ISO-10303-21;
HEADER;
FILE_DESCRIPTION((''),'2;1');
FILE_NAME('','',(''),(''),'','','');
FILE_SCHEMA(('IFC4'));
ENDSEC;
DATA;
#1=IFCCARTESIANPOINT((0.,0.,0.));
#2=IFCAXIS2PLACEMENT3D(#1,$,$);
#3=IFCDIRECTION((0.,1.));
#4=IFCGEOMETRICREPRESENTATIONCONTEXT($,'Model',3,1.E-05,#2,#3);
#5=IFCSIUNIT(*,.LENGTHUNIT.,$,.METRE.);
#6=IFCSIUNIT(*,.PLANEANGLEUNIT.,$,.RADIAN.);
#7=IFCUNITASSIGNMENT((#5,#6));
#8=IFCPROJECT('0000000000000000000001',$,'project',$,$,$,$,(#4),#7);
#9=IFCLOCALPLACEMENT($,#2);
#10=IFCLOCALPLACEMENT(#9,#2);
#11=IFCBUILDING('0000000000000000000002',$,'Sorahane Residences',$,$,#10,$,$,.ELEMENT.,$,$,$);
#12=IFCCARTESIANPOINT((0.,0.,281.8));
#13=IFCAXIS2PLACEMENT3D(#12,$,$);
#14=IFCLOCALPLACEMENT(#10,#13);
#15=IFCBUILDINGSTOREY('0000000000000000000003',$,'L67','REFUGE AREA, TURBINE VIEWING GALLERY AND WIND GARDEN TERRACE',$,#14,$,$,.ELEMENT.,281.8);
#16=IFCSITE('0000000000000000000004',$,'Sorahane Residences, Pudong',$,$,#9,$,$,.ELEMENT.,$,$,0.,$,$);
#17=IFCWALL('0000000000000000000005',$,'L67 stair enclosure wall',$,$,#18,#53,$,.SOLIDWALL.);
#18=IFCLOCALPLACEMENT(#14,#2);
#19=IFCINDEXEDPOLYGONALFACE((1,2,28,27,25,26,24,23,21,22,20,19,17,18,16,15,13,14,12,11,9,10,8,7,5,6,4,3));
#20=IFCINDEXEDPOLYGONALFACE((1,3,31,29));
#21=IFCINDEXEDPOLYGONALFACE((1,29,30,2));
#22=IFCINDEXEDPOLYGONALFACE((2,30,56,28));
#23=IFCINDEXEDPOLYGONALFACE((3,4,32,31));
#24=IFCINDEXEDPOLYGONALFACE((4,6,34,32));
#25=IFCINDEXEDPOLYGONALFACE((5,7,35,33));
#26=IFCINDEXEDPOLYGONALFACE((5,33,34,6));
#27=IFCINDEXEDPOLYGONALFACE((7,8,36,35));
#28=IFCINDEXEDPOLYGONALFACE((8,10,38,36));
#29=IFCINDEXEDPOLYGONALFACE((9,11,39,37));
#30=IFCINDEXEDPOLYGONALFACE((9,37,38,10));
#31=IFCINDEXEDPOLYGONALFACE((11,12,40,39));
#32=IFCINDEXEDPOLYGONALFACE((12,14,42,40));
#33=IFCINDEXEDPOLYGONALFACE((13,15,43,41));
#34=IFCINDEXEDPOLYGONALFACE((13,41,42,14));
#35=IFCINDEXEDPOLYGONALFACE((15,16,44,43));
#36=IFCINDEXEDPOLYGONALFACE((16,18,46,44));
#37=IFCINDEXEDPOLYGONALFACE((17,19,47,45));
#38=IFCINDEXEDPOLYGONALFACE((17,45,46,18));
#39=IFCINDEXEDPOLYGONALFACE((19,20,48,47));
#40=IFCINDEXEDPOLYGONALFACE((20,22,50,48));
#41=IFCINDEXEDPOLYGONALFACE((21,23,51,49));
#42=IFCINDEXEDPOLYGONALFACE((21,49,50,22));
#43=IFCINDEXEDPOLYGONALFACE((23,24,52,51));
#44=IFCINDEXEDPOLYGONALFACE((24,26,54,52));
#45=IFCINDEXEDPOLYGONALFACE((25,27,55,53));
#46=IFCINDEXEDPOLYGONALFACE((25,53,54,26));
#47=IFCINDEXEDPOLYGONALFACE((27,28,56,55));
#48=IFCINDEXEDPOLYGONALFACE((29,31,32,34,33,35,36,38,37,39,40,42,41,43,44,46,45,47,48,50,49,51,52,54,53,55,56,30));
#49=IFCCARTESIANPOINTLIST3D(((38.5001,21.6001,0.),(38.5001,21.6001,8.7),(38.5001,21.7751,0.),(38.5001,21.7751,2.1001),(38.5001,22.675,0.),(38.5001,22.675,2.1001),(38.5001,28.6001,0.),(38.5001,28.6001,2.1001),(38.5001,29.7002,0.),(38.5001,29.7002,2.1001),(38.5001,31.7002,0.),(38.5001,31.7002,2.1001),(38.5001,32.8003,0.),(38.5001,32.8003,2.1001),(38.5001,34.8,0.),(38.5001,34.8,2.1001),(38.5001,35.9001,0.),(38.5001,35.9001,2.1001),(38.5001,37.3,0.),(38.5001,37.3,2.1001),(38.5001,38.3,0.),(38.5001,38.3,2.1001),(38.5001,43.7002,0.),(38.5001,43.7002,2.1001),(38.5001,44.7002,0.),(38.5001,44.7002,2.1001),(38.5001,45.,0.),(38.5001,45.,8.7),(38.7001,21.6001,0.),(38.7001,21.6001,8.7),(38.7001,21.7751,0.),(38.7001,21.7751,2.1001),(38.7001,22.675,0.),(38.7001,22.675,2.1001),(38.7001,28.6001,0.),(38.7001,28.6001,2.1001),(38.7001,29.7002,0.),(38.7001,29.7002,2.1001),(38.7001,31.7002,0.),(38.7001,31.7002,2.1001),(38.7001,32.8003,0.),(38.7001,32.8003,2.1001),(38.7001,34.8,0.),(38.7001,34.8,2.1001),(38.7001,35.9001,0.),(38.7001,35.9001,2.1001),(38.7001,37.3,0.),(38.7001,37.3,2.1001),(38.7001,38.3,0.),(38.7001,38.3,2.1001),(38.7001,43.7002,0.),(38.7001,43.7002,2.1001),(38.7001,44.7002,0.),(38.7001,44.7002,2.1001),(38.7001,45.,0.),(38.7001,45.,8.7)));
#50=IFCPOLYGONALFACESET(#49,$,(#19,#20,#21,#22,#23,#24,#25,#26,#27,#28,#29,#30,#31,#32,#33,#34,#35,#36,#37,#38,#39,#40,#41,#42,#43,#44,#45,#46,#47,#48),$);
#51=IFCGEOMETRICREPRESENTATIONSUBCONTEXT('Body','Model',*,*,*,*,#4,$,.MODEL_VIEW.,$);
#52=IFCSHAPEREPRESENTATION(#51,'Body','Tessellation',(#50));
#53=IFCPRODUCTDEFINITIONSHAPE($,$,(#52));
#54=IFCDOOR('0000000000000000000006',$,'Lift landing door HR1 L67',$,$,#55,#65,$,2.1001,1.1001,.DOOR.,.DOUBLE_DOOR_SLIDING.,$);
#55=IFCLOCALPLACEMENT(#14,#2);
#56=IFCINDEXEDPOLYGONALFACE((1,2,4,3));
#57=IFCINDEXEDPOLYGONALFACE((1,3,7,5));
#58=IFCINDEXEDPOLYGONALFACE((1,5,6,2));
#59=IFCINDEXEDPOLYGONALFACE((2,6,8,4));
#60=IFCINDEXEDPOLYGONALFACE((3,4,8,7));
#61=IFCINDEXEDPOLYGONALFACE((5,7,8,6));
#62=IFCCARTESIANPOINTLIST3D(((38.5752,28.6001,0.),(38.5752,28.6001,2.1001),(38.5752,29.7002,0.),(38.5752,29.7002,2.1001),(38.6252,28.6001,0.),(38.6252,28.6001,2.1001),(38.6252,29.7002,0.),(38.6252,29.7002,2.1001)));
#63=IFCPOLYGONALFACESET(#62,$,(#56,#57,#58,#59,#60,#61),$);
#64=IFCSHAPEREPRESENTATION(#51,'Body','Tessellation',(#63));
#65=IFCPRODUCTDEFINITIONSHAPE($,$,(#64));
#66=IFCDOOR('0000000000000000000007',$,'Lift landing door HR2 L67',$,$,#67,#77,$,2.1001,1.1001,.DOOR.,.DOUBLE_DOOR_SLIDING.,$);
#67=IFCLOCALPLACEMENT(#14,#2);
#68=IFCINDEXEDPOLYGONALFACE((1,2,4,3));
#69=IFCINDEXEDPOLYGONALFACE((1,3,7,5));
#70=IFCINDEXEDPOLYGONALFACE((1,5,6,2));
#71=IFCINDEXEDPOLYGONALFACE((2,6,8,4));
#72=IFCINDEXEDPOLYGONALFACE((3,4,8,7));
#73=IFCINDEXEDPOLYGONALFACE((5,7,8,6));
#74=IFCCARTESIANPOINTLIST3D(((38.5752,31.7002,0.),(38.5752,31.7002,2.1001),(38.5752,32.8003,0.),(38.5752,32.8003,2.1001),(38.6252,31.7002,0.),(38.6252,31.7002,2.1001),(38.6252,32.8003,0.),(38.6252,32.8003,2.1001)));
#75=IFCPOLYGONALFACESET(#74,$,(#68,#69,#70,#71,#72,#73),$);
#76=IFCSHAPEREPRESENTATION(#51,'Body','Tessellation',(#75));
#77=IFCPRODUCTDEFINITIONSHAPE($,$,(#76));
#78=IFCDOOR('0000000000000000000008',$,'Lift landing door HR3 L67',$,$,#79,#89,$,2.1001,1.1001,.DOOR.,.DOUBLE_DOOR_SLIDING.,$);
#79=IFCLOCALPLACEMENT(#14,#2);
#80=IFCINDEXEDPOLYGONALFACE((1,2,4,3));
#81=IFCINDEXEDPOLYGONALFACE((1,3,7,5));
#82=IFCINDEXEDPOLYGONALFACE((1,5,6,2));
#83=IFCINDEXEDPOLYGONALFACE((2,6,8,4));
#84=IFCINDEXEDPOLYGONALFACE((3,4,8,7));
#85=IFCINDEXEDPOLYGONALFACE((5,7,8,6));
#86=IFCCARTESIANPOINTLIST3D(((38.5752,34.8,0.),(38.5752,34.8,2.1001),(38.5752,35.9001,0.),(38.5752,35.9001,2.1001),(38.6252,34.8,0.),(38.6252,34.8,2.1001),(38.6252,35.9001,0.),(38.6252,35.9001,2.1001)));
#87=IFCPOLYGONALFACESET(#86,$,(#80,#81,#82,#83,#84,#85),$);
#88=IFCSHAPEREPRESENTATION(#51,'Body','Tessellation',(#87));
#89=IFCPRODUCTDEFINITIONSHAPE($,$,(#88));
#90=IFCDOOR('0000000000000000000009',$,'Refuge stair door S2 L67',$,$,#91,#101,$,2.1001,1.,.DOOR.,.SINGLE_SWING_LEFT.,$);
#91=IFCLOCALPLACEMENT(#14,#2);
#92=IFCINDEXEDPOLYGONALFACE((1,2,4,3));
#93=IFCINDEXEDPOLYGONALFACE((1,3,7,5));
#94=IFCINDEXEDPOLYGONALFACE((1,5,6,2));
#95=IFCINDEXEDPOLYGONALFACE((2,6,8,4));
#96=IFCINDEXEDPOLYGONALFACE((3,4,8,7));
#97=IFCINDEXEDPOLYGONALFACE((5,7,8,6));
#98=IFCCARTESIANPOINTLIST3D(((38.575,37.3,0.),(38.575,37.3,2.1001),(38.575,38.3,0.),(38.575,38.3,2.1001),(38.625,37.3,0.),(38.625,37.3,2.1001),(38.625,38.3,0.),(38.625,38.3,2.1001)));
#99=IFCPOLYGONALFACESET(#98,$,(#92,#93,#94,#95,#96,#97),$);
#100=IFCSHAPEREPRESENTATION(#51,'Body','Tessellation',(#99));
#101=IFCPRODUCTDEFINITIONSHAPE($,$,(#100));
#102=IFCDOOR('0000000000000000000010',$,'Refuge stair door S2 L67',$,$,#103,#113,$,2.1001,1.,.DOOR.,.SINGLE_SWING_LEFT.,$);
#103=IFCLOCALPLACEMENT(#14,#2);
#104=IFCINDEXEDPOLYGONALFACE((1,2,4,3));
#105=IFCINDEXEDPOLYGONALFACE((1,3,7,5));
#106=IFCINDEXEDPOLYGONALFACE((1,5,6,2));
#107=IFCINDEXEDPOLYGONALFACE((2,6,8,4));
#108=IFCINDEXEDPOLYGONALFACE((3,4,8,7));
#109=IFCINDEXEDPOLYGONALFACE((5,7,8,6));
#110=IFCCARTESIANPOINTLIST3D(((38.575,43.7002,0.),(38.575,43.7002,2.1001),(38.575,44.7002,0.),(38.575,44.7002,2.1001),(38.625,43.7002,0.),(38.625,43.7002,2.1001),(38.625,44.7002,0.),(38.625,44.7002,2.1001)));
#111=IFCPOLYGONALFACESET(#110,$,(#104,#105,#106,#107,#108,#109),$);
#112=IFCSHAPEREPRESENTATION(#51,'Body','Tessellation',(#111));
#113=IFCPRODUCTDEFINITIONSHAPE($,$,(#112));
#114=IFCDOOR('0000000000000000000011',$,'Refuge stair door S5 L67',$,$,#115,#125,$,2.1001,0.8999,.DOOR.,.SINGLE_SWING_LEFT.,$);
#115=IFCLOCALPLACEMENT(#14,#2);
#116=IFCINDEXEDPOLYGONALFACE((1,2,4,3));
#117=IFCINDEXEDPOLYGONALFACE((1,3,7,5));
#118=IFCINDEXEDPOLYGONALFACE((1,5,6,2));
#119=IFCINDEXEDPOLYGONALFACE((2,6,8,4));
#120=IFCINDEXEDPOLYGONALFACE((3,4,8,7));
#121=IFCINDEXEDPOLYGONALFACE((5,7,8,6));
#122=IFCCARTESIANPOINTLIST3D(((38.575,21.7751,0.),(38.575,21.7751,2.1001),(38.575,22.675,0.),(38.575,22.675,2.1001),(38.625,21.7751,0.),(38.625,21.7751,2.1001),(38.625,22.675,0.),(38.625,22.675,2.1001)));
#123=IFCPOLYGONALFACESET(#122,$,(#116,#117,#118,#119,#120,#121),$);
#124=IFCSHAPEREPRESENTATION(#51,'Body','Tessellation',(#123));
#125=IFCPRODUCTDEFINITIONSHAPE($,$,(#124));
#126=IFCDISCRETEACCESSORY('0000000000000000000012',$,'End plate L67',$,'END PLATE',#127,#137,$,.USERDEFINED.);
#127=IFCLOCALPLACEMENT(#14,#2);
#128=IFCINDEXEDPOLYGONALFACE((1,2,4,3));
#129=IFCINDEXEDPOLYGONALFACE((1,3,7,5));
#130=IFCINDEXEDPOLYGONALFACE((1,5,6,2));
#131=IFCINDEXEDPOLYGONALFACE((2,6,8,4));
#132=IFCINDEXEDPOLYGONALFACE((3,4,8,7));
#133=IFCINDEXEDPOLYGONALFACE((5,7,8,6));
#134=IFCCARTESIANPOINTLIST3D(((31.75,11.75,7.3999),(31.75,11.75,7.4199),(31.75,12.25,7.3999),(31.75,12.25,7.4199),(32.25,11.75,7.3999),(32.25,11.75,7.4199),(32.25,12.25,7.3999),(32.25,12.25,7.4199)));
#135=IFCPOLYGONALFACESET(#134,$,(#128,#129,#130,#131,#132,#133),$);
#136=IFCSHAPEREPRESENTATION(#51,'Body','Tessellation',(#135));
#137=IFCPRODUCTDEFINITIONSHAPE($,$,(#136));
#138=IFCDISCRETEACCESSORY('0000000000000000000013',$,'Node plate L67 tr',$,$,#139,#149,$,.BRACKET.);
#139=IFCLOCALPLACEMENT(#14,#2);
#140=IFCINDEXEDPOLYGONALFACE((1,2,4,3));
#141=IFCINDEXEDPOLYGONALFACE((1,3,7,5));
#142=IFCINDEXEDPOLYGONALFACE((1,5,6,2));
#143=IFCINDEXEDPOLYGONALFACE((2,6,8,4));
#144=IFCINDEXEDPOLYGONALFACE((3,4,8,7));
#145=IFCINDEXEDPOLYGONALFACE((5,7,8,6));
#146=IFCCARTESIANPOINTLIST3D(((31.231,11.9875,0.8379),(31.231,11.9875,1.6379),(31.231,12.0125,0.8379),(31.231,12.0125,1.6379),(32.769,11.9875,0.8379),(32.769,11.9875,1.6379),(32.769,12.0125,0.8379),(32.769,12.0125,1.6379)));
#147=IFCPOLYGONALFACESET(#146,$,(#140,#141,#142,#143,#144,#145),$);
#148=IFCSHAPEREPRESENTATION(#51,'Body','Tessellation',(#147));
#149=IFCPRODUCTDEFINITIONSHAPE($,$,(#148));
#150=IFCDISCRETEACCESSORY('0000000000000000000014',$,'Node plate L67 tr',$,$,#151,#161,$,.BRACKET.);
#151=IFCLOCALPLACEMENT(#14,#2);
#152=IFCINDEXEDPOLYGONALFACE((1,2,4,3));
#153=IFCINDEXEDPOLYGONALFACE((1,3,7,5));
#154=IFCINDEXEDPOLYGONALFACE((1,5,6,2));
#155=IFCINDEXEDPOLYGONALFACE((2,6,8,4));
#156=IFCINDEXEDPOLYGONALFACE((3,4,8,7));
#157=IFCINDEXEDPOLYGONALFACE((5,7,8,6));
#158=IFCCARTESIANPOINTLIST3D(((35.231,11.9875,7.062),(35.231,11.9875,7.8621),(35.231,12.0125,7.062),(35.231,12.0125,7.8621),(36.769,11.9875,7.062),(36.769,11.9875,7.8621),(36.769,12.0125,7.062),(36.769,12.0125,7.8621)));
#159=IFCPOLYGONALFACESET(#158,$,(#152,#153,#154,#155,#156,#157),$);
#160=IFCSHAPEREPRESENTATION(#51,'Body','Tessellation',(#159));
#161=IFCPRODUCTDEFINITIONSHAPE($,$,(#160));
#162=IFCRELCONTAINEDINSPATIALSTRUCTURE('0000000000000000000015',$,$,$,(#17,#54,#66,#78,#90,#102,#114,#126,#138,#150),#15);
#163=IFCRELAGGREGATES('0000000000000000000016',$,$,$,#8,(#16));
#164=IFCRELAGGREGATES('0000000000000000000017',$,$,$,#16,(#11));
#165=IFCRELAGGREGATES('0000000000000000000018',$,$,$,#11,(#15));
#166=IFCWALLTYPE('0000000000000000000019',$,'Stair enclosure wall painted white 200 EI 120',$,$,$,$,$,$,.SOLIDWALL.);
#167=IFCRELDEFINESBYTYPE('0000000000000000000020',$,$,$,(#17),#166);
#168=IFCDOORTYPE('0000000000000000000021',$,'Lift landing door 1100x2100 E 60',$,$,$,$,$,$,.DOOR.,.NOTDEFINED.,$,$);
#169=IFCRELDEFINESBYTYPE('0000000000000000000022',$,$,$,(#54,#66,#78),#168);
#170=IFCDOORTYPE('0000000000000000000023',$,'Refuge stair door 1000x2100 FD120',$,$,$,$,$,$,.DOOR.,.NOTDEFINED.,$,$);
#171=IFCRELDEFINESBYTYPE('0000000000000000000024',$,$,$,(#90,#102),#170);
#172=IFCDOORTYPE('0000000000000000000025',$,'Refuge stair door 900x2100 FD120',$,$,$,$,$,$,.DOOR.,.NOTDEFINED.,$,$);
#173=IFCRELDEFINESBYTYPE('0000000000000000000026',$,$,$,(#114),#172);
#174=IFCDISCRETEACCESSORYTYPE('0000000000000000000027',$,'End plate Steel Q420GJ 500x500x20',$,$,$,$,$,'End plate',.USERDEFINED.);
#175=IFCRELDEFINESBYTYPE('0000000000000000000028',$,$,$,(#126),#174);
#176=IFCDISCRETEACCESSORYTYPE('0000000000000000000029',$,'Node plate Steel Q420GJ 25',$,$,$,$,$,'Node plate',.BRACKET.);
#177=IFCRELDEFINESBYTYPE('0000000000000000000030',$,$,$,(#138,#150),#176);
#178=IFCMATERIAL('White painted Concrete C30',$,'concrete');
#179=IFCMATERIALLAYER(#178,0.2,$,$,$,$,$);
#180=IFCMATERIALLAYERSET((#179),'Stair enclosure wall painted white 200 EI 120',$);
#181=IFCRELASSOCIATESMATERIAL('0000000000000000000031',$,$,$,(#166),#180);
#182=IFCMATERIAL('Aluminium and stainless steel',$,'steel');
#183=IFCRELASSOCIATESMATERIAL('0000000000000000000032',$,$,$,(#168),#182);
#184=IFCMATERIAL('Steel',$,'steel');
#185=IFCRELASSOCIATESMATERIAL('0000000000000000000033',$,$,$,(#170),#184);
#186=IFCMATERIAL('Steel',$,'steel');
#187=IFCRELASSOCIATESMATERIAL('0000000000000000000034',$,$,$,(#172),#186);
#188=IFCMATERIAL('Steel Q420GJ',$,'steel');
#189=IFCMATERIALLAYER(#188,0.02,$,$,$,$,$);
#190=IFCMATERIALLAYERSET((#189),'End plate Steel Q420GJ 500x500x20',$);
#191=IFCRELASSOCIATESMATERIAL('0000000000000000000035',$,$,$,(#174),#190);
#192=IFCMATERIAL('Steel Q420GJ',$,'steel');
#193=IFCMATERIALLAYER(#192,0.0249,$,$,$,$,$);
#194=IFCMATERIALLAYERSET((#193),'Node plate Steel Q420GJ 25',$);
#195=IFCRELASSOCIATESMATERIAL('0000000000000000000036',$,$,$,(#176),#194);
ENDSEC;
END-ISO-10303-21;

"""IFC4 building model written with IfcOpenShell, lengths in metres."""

from ifc_helpers import new_model, si_unit, direction, frame, frame_2d, origin, origin_2d, place, context, subcontext, project, spatial, rectangle, extrude, material, layer, layer_set, type_object, element, fill, save


model = new_model("IFC4")

# Units and contexts
model_context = context("Model", 3, precision=1e-05, world=origin(), true_north=direction((0.0, 1.0)))
body_context = subcontext(model_context, "Body", "Model", "MODEL_VIEW")
ifc_project = project(units=[si_unit("LENGTHUNIT", "METRE"), si_unit("PLANEANGLEUNIT", "RADIAN")], contexts=[model_context])

# Site, building, storey
site_placement = place(None, origin())
site = spatial("IfcSite", under=ifc_project, at=site_placement, Name="Sorahane Residences, Pudong", CompositionType="ELEMENT", RefElevation=0.0)
building_placement = place(site_placement, origin())
building = spatial("IfcBuilding", under=site, at=building_placement, Name="Sorahane Residences", CompositionType="ELEMENT")
storey_placement = place(building_placement, frame((0.0, 0.0, 281.8)))
storey = spatial("IfcBuildingStorey", under=building, at=storey_placement, Name="L67", Description="REFUGE AREA, TURBINE VIEWING GALLERY AND WIND GARDEN TERRACE", CompositionType="ELEMENT", Elevation=281.8)

# Wall, openings, doors
ifc_material_1 = material(Name="White painted Concrete C30", Category="concrete")
ifc_layer_1 = layer(ifc_material_1, 0.2)
ifc_layer_set_1 = layer_set([ifc_layer_1], Name="Stair enclosure wall painted white 200 EI 120")
wall_type_1 = type_object("IfcWallType", Name="Stair enclosure wall painted white 200 EI 120", PredefinedType="SOLIDWALL", material=ifc_layer_set_1)
wall_1_placement = place(storey_placement, frame((38.6001, 21.6001, 0.0), z_axis=(0.0, 0.0, 1.0), x_axis=(0.0, 1.0, 0.0)))
wall_1 = element("IfcWall", 1, at=wall_1_placement, inside=storey, type_object=wall_type_1, Name="L67 stair enclosure wall", PredefinedType="SOLIDWALL", context=body_context, shape_type="SweptSolid", body=[
    extrude(rectangle(XDim=23.3999, YDim=0.2, at=frame_2d((11.7, 0.0))), origin(), (0.0, 0.0, 1.0), 8.7),
])
opening_1_placement = place(wall_1_placement, frame((7.0, 0.0, 0.0)))
opening_1 = element("IfcOpeningElement", 2, at=opening_1_placement, cuts=wall_1, PredefinedType="OPENING", context=body_context, shape_type="SweptSolid", body=[
    extrude(rectangle(XDim=1.1001, YDim=2.1001, at=frame_2d((0.55, 1.05))), frame((0.0, 0.1099, 0.0), z_axis=(0.0, -1.0, 0.0), x_axis=(1.0, 0.0, 0.0)), (0.0, 0.0, 1.0), 0.22),
])
opening_2_placement = place(wall_1_placement, frame((10.1001, 0.0, 0.0)))
opening_2 = element("IfcOpeningElement", 3, at=opening_2_placement, cuts=wall_1, PredefinedType="OPENING", context=body_context, shape_type="SweptSolid", body=[
    extrude(rectangle(XDim=1.1001, YDim=2.1001, at=frame_2d((0.55, 1.05))), frame((0.0, 0.1099, 0.0), z_axis=(0.0, -1.0, 0.0), x_axis=(1.0, 0.0, 0.0)), (0.0, 0.0, 1.0), 0.22),
])
opening_3_placement = place(wall_1_placement, frame((13.2, 0.0, 0.0)))
opening_3 = element("IfcOpeningElement", 4, at=opening_3_placement, cuts=wall_1, PredefinedType="OPENING", context=body_context, shape_type="SweptSolid", body=[
    extrude(rectangle(XDim=1.1001, YDim=2.1001, at=frame_2d((0.55, 1.05))), frame((0.0, 0.1099, 0.0), z_axis=(0.0, -1.0, 0.0), x_axis=(1.0, 0.0, 0.0)), (0.0, 0.0, 1.0), 0.22),
])
opening_4_placement = place(wall_1_placement, frame((15.7, 0.0, 0.0)))
opening_4 = element("IfcOpeningElement", 5, at=opening_4_placement, cuts=wall_1, PredefinedType="OPENING", context=body_context, shape_type="SweptSolid", body=[
    extrude(rectangle(XDim=1.0, YDim=2.1001, at=frame_2d((0.5, 1.05))), frame((0.0, 0.1099, 0.0), z_axis=(0.0, -1.0, 0.0), x_axis=(1.0, 0.0, 0.0)), (0.0, 0.0, 1.0), 0.22),
])
opening_5_placement = place(wall_1_placement, frame((22.1001, 0.0, 0.0)))
opening_5 = element("IfcOpeningElement", 6, at=opening_5_placement, cuts=wall_1, PredefinedType="OPENING", context=body_context, shape_type="SweptSolid", body=[
    extrude(rectangle(XDim=1.0, YDim=2.1001, at=frame_2d((0.5, 1.05))), frame((0.0, 0.1099, 0.0), z_axis=(0.0, -1.0, 0.0), x_axis=(1.0, 0.0, 0.0)), (0.0, 0.0, 1.0), 0.22),
])
opening_6_placement = place(wall_1_placement, frame((0.175, 0.0, 0.0)))
opening_6 = element("IfcOpeningElement", 7, at=opening_6_placement, cuts=wall_1, PredefinedType="OPENING", context=body_context, shape_type="SweptSolid", body=[
    extrude(rectangle(XDim=0.8999, YDim=2.1001, at=frame_2d((0.45, 1.05))), frame((0.0, 0.1099, 0.0), z_axis=(0.0, -1.0, 0.0), x_axis=(1.0, 0.0, 0.0)), (0.0, 0.0, 1.0), 0.22),
])
ifc_material_2 = material(Name="Aluminium and stainless steel", Category="steel")
door_type_1 = type_object("IfcDoorType", Name="Lift landing door 1100x2100 E 60", OperationType="NOTDEFINED", PredefinedType="DOOR", material=ifc_material_2)
door_1_placement = place(opening_1_placement, origin())
door_1 = element("IfcDoor", 8, at=door_1_placement, inside=storey, type_object=door_type_1, Name="Lift landing door HR1 L67", OperationType="DOUBLE_DOOR_SLIDING", OverallHeight=2.1001, OverallWidth=1.1001, PredefinedType="DOOR", context=body_context, shape_type="SweptSolid", body=[
    extrude(rectangle(XDim=1.1001, YDim=2.1001, at=frame_2d((0.55, 1.05))), frame((0.0, 0.0249, 0.0), z_axis=(0.0, -1.0, 0.0), x_axis=(1.0, 0.0, 0.0)), (0.0, 0.0, 1.0), 0.05),
])
fill(opening_1, door_1)
door_2_placement = place(opening_2_placement, origin())
door_2 = element("IfcDoor", 9, at=door_2_placement, inside=storey, type_object=door_type_1, Name="Lift landing door HR2 L67", OperationType="DOUBLE_DOOR_SLIDING", OverallHeight=2.1001, OverallWidth=1.1001, PredefinedType="DOOR", context=body_context, shape_type="SweptSolid", body=[
    extrude(rectangle(XDim=1.1001, YDim=2.1001, at=frame_2d((0.55, 1.05))), frame((0.0, 0.0249, 0.0), z_axis=(0.0, -1.0, 0.0), x_axis=(1.0, 0.0, 0.0)), (0.0, 0.0, 1.0), 0.05),
])
fill(opening_2, door_2)
door_3_placement = place(opening_3_placement, origin())
door_3 = element("IfcDoor", 10, at=door_3_placement, inside=storey, type_object=door_type_1, Name="Lift landing door HR3 L67", OperationType="DOUBLE_DOOR_SLIDING", OverallHeight=2.1001, OverallWidth=1.1001, PredefinedType="DOOR", context=body_context, shape_type="SweptSolid", body=[
    extrude(rectangle(XDim=1.1001, YDim=2.1001, at=frame_2d((0.55, 1.05))), frame((0.0, 0.0249, 0.0), z_axis=(0.0, -1.0, 0.0), x_axis=(1.0, 0.0, 0.0)), (0.0, 0.0, 1.0), 0.05),
])
fill(opening_3, door_3)
ifc_material_3 = material(Name="Steel", Category="steel")
door_type_2 = type_object("IfcDoorType", Name="Refuge stair door 1000x2100 FD120", OperationType="NOTDEFINED", PredefinedType="DOOR", material=ifc_material_3)
door_4_placement = place(opening_4_placement, frame((1.0, 0.0, 0.0), z_axis=(0.0, 0.0, 1.0), x_axis=(-1.0, 0.0, 0.0)))
door_4 = element("IfcDoor", 11, at=door_4_placement, inside=storey, type_object=door_type_2, Name="Refuge stair door S2 L67", OperationType="SINGLE_SWING_LEFT", OverallHeight=2.1001, OverallWidth=1.0, PredefinedType="DOOR", context=body_context, shape_type="SweptSolid", body=[
    extrude(rectangle(XDim=1.0, YDim=2.1001, at=frame_2d((0.5, 1.05))), frame((0.0, 0.0249, 0.0), z_axis=(0.0, -1.0, 0.0), x_axis=(1.0, 0.0, 0.0)), (0.0, 0.0, 1.0), 0.05),
])
fill(opening_4, door_4)
door_5_placement = place(opening_5_placement, frame((1.0, 0.0, 0.0), z_axis=(0.0, 0.0, 1.0), x_axis=(-1.0, 0.0, 0.0)))
door_5 = element("IfcDoor", 12, at=door_5_placement, inside=storey, type_object=door_type_2, Name="Refuge stair door S2 L67", OperationType="SINGLE_SWING_LEFT", OverallHeight=2.1001, OverallWidth=1.0, PredefinedType="DOOR", context=body_context, shape_type="SweptSolid", body=[
    extrude(rectangle(XDim=1.0, YDim=2.1001, at=frame_2d((0.5, 1.05))), frame((0.0, 0.0249, 0.0), z_axis=(0.0, -1.0, 0.0), x_axis=(1.0, 0.0, 0.0)), (0.0, 0.0, 1.0), 0.05),
])
fill(opening_5, door_5)
ifc_material_4 = material(Name="Steel", Category="steel")
door_type_3 = type_object("IfcDoorType", Name="Refuge stair door 900x2100 FD120", OperationType="NOTDEFINED", PredefinedType="DOOR", material=ifc_material_4)
door_6_placement = place(opening_6_placement, frame((0.8999, 0.0, 0.0), z_axis=(0.0, 0.0, 1.0), x_axis=(-1.0, 0.0, 0.0)))
door_6 = element("IfcDoor", 13, at=door_6_placement, inside=storey, type_object=door_type_3, Name="Refuge stair door S5 L67", OperationType="SINGLE_SWING_LEFT", OverallHeight=2.1001, OverallWidth=0.8999, PredefinedType="DOOR", context=body_context, shape_type="SweptSolid", body=[
    extrude(rectangle(XDim=0.8999, YDim=2.1001, at=frame_2d((0.45, 1.05))), frame((0.0, 0.0249, 0.0), z_axis=(0.0, -1.0, 0.0), x_axis=(1.0, 0.0, 0.0)), (0.0, 0.0, 1.0), 0.05),
])
fill(opening_6, door_6)

# Discrete accessories
ifc_material_5 = material(Name="Steel Q420GJ", Category="steel")
ifc_layer_2 = layer(ifc_material_5, 0.02)
ifc_layer_set_2 = layer_set([ifc_layer_2], Name="End plate Steel Q420GJ 500x500x20")
discrete_accessory_type_1 = type_object("IfcDiscreteAccessoryType", Name="End plate Steel Q420GJ 500x500x20", ElementType="End plate", PredefinedType="USERDEFINED", material=ifc_layer_set_2)
discrete_accessory_placement = place(storey_placement, frame((32.0, 12.0, 7.3999), z_axis=(0.0, 0.0, 1.0), x_axis=(1.0, 0.0, 0.0)))
element("IfcDiscreteAccessory", 14, at=discrete_accessory_placement, inside=storey, type_object=discrete_accessory_type_1, Name="End plate L67", ObjectType="END PLATE", PredefinedType="USERDEFINED", context=body_context, shape_type="SweptSolid", body=[
    extrude(rectangle(XDim=0.5, YDim=0.5, at=origin_2d()), origin(), (0.0, 0.0, 1.0), 0.02),
])
ifc_material_6 = material(Name="Steel Q420GJ", Category="steel")
ifc_layer_3 = layer(ifc_material_6, 0.0249)
ifc_layer_set_3 = layer_set([ifc_layer_3], Name="Node plate Steel Q420GJ 25")
discrete_accessory_type_2 = type_object("IfcDiscreteAccessoryType", Name="Node plate Steel Q420GJ 25", ElementType="Node plate", PredefinedType="BRACKET", material=ifc_layer_set_3)
for number, where, z_axis, x_axis, name in (
    (15, (32.0, 12.0, 0.8379), (0.0, 0.0, 1.0), (1.0, 0.0, 0.0), "Node plate L67 tr"),
    (16, (36.0, 12.0, 7.062), (0.0, 0.0, 1.0), (1.0, 0.0, 0.0), "Node plate L67 tr"),
):
    element("IfcDiscreteAccessory", number, at=place(storey_placement, frame(where, z_axis=z_axis, x_axis=x_axis)), inside=storey, type_object=discrete_accessory_type_2, Name=name, PredefinedType="BRACKET", context=body_context, shape_type="SweptSolid", body=[
        extrude(rectangle(XDim=1.5381, YDim=0.0249, at=origin_2d()), origin(), (0.0, 0.0, 1.0), 0.8),
    ])

save(model, "model.ifc")
